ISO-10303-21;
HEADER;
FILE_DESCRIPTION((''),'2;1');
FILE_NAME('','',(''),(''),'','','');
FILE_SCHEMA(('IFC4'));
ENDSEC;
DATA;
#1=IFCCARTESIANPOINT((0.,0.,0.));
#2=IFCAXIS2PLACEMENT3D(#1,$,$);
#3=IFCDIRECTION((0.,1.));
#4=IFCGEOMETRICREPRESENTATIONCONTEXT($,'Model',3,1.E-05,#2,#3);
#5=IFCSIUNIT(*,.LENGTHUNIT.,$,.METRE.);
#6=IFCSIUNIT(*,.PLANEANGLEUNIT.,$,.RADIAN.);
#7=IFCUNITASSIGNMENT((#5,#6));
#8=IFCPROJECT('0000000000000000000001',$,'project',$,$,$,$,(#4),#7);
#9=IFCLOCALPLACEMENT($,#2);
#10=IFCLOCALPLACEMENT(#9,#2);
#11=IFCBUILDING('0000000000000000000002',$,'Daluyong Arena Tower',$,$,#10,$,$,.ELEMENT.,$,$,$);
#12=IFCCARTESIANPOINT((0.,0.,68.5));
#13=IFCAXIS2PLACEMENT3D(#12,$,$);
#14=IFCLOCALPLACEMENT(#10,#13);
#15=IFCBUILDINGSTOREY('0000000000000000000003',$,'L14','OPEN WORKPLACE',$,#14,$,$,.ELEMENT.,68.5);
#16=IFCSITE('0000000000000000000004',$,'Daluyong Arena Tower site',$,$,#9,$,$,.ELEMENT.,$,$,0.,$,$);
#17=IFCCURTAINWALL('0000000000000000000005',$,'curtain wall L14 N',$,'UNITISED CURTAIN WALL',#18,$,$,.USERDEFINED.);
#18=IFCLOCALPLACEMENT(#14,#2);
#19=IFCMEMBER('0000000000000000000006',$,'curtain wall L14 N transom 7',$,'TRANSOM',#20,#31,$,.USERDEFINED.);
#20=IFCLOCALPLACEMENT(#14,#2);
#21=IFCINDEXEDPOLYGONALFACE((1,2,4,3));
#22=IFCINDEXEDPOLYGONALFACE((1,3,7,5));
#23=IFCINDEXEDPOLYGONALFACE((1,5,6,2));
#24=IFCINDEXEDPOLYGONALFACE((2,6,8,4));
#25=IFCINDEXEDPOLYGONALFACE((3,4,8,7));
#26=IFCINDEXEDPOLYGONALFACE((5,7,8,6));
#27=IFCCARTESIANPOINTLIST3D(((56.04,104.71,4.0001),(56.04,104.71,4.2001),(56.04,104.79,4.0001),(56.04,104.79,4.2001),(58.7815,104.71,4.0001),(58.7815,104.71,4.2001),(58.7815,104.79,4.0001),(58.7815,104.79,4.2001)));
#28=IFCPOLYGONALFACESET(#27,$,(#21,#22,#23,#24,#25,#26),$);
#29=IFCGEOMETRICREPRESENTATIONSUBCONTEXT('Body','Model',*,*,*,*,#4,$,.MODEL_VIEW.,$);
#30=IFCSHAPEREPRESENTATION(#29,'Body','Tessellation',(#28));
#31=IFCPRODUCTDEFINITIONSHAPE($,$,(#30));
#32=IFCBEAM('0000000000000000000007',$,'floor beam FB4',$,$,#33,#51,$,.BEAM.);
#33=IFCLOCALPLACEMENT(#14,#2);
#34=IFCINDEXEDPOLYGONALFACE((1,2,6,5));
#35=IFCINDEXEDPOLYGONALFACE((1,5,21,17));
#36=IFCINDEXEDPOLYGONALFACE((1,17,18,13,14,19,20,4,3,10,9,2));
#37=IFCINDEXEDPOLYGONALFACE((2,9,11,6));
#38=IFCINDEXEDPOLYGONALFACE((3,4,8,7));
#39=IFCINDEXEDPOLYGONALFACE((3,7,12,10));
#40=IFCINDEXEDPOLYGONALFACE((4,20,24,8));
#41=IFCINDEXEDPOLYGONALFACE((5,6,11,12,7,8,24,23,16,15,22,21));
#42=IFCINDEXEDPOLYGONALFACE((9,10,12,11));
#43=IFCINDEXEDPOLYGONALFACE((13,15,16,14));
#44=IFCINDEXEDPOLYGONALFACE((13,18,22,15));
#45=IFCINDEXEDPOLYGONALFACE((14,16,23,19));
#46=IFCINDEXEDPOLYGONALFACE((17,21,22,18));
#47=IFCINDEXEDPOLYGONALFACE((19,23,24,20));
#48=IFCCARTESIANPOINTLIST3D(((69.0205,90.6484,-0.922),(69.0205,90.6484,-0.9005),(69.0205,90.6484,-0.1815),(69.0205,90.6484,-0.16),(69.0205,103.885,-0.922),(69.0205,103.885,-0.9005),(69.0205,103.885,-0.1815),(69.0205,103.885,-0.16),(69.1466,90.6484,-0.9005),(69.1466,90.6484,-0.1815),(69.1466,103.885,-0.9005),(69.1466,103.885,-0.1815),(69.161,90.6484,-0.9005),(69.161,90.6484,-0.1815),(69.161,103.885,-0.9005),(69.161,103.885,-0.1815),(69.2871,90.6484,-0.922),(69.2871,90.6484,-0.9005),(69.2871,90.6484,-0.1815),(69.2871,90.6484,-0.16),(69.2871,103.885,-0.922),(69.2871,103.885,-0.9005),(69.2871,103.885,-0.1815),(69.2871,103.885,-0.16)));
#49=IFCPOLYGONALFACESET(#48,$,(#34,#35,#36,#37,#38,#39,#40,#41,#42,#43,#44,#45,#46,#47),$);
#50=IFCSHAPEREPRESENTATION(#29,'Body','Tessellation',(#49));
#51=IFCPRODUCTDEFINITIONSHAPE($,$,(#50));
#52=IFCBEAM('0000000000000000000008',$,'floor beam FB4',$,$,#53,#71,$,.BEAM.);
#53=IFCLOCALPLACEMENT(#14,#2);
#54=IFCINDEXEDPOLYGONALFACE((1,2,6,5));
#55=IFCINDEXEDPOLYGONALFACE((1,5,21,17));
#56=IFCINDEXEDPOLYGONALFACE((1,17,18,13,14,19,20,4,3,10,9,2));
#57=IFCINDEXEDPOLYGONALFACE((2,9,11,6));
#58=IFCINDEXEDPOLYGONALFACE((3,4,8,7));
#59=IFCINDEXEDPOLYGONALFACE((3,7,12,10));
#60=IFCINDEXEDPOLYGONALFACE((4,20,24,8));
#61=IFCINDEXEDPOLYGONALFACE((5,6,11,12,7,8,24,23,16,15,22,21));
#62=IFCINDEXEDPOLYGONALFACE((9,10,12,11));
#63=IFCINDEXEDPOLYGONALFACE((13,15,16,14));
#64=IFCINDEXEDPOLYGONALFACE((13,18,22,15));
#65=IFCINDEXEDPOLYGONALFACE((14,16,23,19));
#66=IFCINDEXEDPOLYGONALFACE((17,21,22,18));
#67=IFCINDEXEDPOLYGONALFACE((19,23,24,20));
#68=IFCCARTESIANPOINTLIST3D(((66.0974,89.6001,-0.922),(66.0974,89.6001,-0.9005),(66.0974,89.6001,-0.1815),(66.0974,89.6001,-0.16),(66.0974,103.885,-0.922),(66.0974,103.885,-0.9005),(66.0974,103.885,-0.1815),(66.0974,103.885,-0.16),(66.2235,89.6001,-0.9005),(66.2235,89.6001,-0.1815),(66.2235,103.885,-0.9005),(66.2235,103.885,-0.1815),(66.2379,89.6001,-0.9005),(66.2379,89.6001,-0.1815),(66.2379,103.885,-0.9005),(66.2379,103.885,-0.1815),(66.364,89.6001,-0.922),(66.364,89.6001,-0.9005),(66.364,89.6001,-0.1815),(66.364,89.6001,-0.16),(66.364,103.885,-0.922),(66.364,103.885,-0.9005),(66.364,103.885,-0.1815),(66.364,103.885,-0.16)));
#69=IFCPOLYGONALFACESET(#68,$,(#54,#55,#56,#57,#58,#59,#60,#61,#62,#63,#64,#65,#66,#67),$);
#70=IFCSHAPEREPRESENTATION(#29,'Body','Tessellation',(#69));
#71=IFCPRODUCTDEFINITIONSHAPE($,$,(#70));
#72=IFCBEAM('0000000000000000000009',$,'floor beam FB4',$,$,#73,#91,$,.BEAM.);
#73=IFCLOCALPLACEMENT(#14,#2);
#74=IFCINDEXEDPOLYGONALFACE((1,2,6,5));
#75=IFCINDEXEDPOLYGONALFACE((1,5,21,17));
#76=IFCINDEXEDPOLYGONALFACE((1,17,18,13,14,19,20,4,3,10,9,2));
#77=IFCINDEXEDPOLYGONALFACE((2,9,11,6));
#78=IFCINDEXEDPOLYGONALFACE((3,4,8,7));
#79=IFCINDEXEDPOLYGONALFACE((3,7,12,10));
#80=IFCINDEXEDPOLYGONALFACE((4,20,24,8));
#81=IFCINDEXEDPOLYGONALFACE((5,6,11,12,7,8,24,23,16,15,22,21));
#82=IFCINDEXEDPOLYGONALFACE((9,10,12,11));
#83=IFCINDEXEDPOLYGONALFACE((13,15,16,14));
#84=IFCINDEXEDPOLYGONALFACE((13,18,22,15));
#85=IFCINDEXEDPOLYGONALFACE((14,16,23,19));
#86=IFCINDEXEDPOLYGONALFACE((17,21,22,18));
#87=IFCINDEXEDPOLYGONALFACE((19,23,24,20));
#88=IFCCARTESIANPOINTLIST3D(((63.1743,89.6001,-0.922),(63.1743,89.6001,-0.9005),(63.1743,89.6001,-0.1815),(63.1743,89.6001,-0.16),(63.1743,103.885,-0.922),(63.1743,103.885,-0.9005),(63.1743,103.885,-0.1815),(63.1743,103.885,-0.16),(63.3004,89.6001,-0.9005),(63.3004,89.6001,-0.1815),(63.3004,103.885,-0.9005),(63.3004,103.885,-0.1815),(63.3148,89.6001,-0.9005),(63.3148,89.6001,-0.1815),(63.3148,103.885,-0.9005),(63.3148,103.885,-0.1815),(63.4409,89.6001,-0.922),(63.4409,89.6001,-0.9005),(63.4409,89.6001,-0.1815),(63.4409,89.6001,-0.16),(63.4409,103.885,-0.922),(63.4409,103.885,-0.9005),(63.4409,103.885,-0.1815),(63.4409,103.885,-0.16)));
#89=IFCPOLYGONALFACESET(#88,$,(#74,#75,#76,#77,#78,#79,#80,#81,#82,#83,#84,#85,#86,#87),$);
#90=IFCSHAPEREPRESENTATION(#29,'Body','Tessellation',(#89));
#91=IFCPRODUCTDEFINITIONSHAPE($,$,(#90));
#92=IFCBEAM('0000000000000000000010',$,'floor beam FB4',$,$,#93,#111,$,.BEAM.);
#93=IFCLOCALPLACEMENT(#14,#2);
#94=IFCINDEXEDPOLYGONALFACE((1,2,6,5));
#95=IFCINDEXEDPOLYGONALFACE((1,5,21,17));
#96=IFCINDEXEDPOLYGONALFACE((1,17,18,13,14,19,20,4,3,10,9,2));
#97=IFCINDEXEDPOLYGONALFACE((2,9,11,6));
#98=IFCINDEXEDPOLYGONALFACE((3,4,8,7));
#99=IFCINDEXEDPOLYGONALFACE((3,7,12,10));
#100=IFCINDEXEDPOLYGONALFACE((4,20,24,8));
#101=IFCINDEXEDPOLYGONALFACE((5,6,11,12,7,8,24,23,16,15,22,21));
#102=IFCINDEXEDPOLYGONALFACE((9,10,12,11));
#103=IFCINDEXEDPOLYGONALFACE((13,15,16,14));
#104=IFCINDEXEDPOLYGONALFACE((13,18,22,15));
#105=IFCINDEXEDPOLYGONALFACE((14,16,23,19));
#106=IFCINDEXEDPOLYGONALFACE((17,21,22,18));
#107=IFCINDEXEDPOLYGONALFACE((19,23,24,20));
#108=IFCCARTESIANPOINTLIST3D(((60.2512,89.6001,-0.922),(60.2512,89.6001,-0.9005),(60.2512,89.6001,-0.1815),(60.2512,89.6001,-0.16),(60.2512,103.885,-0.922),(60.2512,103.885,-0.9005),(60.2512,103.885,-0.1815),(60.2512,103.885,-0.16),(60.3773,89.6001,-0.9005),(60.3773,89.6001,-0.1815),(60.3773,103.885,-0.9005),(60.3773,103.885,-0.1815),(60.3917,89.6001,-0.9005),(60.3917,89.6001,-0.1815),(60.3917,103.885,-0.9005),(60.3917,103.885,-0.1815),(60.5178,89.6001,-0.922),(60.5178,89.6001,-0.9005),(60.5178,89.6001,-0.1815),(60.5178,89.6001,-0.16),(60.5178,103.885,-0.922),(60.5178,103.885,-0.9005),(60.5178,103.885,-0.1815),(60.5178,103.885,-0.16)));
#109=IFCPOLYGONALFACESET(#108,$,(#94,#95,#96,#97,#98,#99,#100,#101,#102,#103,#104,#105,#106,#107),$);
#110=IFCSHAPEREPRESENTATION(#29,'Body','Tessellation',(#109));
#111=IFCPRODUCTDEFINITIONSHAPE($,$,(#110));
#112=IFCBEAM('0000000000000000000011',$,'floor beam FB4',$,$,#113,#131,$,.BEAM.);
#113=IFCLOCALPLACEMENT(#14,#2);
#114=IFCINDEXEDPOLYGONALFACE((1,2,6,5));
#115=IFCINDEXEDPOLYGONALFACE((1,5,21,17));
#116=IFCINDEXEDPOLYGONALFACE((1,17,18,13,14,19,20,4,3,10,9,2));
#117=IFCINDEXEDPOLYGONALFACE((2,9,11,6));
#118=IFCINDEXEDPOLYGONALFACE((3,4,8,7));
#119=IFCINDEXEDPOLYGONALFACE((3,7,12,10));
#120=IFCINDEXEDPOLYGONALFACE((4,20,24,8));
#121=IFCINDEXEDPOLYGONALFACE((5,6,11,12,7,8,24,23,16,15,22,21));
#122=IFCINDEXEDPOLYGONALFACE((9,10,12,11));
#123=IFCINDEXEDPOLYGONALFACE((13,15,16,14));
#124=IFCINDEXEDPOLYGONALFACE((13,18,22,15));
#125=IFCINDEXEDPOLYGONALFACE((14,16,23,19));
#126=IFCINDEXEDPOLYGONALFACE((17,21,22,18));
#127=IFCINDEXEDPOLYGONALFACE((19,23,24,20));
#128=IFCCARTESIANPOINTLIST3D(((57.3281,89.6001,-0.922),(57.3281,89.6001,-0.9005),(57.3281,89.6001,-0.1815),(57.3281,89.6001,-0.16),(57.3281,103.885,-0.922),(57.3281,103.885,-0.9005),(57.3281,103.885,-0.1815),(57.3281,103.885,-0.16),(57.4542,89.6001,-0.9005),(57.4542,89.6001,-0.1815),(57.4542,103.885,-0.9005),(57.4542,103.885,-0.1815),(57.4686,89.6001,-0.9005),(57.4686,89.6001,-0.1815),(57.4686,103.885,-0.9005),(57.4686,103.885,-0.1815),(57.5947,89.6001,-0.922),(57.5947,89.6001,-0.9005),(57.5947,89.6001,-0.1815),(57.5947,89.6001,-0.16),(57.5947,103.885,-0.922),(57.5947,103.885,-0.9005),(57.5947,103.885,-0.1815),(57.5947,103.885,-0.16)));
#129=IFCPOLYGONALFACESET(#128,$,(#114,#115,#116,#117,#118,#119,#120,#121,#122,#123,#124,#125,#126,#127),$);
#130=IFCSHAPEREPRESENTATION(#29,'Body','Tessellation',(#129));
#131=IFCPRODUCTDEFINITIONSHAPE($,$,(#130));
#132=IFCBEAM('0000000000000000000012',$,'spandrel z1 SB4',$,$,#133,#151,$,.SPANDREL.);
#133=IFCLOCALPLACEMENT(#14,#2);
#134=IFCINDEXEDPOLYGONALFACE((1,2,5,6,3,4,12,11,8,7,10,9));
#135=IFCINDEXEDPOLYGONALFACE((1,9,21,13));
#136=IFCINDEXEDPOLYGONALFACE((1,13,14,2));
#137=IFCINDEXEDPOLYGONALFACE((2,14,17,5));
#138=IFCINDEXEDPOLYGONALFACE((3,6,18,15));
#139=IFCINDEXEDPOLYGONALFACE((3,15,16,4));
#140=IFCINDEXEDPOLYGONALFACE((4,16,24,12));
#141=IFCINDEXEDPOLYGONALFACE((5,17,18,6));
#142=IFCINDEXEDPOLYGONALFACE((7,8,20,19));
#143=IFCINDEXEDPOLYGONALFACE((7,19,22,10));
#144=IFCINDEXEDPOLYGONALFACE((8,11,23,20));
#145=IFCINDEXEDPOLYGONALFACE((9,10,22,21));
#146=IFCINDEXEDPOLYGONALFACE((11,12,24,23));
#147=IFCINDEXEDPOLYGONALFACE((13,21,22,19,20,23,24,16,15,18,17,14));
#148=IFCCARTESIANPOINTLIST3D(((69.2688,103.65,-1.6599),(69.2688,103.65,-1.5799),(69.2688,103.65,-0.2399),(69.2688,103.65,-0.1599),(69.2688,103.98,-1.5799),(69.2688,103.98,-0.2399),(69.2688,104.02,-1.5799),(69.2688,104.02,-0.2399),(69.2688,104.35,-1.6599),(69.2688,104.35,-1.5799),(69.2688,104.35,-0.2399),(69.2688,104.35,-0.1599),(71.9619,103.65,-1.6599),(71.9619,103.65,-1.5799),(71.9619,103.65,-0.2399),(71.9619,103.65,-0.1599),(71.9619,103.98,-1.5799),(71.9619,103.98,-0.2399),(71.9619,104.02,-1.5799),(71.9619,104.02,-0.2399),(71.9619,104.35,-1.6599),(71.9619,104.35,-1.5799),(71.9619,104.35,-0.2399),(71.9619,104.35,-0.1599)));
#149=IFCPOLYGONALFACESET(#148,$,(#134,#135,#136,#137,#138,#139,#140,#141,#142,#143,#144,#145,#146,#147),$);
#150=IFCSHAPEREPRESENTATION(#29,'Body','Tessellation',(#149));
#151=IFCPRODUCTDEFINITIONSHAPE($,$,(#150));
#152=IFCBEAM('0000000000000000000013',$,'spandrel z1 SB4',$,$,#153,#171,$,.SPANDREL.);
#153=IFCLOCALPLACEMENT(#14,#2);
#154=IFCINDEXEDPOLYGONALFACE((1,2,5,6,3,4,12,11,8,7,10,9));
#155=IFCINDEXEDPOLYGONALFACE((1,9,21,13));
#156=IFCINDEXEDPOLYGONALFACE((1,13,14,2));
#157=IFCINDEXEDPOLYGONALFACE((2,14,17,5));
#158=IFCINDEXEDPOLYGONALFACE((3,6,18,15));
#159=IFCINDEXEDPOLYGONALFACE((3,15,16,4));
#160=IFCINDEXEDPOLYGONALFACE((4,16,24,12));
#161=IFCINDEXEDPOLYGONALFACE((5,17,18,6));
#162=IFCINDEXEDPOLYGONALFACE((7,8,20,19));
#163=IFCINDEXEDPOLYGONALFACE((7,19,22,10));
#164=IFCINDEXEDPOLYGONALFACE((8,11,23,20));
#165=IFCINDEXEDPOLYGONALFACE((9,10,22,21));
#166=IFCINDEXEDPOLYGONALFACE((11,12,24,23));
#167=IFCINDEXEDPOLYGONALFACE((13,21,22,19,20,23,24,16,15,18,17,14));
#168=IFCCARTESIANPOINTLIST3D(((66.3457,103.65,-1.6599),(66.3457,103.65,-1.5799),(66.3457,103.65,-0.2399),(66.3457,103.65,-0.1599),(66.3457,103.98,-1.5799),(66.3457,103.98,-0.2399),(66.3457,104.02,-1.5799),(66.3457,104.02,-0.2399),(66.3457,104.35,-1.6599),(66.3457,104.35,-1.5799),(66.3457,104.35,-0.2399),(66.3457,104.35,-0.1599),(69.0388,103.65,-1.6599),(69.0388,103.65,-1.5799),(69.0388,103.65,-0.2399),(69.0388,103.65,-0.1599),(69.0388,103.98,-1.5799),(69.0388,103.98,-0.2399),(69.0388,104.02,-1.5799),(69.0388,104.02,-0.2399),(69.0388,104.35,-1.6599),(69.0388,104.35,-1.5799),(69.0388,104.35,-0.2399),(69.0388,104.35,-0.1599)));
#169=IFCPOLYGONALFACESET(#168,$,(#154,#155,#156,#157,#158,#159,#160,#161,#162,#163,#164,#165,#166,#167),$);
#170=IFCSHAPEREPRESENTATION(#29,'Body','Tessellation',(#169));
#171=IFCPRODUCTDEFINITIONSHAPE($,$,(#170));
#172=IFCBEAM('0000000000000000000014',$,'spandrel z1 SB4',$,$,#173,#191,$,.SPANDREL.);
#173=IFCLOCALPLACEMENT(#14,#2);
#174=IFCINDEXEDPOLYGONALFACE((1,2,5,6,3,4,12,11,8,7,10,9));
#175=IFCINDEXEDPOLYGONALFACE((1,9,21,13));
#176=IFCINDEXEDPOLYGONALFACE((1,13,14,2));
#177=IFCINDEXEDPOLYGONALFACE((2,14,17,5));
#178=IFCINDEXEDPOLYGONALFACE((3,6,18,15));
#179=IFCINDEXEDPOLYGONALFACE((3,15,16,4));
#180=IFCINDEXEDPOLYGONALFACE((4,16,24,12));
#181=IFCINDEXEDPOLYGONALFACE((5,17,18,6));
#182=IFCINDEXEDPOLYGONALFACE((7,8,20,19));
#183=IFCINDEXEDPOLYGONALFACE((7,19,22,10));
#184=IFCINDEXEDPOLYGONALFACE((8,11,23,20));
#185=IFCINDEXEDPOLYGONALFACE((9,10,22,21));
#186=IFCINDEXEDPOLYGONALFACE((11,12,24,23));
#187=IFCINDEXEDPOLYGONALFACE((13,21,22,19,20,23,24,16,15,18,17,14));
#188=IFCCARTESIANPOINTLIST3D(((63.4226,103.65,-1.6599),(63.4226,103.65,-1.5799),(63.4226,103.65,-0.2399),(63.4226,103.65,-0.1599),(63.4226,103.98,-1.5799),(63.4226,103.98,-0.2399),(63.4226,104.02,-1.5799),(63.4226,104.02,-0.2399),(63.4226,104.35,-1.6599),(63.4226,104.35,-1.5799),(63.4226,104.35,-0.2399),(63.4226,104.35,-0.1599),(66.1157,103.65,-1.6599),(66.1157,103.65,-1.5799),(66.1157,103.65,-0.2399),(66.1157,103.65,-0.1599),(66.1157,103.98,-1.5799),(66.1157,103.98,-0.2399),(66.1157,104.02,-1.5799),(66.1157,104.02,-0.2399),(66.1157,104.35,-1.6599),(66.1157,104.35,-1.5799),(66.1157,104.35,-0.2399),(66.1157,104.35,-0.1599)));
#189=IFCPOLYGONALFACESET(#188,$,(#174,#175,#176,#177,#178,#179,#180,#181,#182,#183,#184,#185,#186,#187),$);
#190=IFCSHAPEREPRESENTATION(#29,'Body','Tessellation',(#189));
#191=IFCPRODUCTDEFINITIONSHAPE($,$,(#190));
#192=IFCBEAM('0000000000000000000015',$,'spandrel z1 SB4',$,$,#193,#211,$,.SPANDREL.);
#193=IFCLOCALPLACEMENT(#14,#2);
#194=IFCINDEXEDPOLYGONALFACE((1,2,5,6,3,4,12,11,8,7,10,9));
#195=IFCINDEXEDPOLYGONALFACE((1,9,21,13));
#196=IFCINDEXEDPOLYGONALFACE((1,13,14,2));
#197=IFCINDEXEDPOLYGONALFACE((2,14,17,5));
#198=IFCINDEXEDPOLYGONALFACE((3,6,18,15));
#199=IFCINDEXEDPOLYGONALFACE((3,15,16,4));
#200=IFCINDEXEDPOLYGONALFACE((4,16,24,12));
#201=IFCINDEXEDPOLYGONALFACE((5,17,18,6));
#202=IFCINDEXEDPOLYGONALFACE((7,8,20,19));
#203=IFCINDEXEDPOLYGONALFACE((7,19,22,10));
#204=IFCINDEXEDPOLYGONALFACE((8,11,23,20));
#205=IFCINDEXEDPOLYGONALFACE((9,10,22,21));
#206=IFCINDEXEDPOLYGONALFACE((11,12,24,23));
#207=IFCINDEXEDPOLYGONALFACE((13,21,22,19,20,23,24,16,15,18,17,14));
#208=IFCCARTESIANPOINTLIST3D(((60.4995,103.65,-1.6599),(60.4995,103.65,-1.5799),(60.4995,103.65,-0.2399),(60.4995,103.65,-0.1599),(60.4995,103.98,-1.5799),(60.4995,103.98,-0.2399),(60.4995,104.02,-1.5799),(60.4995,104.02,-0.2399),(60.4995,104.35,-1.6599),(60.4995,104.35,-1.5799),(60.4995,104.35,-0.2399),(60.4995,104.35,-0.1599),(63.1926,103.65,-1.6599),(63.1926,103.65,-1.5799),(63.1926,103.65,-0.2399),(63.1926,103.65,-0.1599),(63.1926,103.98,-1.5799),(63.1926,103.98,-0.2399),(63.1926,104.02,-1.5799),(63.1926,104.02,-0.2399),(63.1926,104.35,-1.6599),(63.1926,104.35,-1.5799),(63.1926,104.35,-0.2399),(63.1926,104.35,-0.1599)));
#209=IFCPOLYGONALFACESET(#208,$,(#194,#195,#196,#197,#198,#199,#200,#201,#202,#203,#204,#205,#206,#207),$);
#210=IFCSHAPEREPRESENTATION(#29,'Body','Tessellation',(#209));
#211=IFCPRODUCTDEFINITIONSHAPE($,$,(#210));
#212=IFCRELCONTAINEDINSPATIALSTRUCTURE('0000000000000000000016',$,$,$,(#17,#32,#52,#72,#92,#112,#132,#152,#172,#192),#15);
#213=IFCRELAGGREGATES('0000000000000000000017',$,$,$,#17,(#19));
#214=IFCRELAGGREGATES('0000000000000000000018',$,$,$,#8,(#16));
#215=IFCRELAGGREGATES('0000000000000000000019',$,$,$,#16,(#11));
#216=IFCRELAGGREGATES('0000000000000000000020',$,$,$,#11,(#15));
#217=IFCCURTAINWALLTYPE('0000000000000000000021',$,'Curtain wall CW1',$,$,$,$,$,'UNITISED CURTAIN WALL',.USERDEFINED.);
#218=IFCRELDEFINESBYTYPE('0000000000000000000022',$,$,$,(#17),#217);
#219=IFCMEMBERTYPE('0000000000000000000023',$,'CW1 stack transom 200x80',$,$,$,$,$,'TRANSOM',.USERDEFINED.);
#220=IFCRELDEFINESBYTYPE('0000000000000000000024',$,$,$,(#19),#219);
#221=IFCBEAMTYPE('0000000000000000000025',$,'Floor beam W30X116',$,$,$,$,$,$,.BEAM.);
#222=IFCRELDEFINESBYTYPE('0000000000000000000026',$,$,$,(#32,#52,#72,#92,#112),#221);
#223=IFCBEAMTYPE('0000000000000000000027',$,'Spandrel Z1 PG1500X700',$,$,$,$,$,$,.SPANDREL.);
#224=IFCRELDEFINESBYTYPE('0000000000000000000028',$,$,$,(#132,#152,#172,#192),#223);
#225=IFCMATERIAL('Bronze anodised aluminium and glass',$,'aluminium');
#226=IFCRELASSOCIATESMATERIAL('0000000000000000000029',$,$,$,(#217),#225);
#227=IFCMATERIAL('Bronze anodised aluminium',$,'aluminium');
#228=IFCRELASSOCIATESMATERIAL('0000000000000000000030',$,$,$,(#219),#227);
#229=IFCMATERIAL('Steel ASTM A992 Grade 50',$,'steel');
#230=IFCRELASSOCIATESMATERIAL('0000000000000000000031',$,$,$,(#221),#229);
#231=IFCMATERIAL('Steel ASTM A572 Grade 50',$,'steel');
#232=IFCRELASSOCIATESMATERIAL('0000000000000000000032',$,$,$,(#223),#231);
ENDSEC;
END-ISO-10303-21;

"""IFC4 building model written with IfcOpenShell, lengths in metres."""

from ifc_helpers import new_model, si_unit, direction, frame, origin, origin_2d, place, context, subcontext, project, spatial, rectangle, i_section, extrude, material, material_profile, profile_set, type_object, element, aggregate, save


model = new_model("IFC4")

# Units and contexts
model_context = context("Model", 3, precision=1e-05, world=origin(), true_north=direction((0.0, 1.0)))
body_context = subcontext(model_context, "Body", "Model", "MODEL_VIEW")
ifc_project = project(units=[si_unit("LENGTHUNIT", "METRE"), si_unit("PLANEANGLEUNIT", "RADIAN")], contexts=[model_context])

# Site, building, storey
site_placement = place(None, origin())
site = spatial("IfcSite", under=ifc_project, at=site_placement, Name="Daluyong Arena Tower site", CompositionType="ELEMENT", RefElevation=0.0)
building_placement = place(site_placement, origin())
building = spatial("IfcBuilding", under=site, at=building_placement, Name="Daluyong Arena Tower", CompositionType="ELEMENT")
storey_placement = place(building_placement, frame((0.0, 0.0, 68.5)))
storey = spatial("IfcBuildingStorey", under=building, at=storey_placement, Name="L14", Description="OPEN WORKPLACE", CompositionType="ELEMENT", Elevation=68.5)

# Curtain wall, member
ifc_material_1 = material(Name="Bronze anodised aluminium and glass", Category="aluminium")
curtain_wall_type = type_object("IfcCurtainWallType", Name="Curtain wall CW1", ElementType="UNITISED CURTAIN WALL", PredefinedType="USERDEFINED", material=ifc_material_1)
curtain_wall_placement = place(storey_placement, origin())
curtain_wall = element("IfcCurtainWall", 1, at=curtain_wall_placement, inside=storey, type_object=curtain_wall_type, Name="curtain wall L14 N", ObjectType="UNITISED CURTAIN WALL", PredefinedType="USERDEFINED")
ifc_material_2 = material(Name="Bronze anodised aluminium", Category="aluminium")
ifc_material_profile_1 = material_profile(ifc_material_2, rectangle(XDim=0.0801, YDim=0.2, at=origin_2d()))
ifc_profile_set_1 = profile_set([ifc_material_profile_1], Name="Bronze anodised aluminium")
member_type_1 = type_object("IfcMemberType", Name="CW1 stack transom 200x80", ElementType="TRANSOM", PredefinedType="USERDEFINED", material=ifc_profile_set_1)
member_1_placement = place(storey_placement, frame((58.7815, 104.75, 4.1001), z_axis=(-1.0, 0.0, 0.0), x_axis=(0.0, -1.0, 0.0)))
member_1 = element("IfcMember", 2, at=member_1_placement, type_object=member_type_1, Name="curtain wall L14 N transom 7", ObjectType="TRANSOM", PredefinedType="USERDEFINED", context=body_context, shape_type="SweptSolid", body=[
    extrude(rectangle(XDim=0.0801, YDim=0.2, at=origin_2d()), origin(), (0.0, 0.0, 1.0), 2.7415),
])

# Beams
ifc_material_3 = material(Name="Steel ASTM A992 Grade 50", Category="steel")
ifc_material_profile_2 = material_profile(ifc_material_3, i_section(OverallWidth=0.2666, OverallDepth=0.762, WebThickness=0.0144, FlangeThickness=0.0215, at=origin_2d()))
ifc_profile_set_2 = profile_set([ifc_material_profile_2], Name="Steel ASTM A992 Grade 50")
beam_type_1 = type_object("IfcBeamType", Name="Floor beam W30X116", PredefinedType="BEAM", material=ifc_profile_set_2)
beam_placement = place(storey_placement, frame((69.1538, 103.885, -0.541), z_axis=(0.0, -1.0, 0.0), x_axis=(1.0, 0.0, 0.0)))
element("IfcBeam", 3, at=beam_placement, inside=storey, type_object=beam_type_1, Name="floor beam FB4", PredefinedType="BEAM", context=body_context, shape_type="SweptSolid", body=[
    extrude(i_section(OverallWidth=0.2666, OverallDepth=0.762, WebThickness=0.0144, FlangeThickness=0.0215, at=origin_2d()), origin(), (0.0, 0.0, 1.0), 13.2366),
])
for number, where, z_axis, x_axis, name in (
    (4, (66.2307, 103.885, -0.541), (0.0, -1.0, 0.0), (1.0, 0.0, 0.0), "floor beam FB4"),
    (5, (63.3076, 103.885, -0.541), (0.0, -1.0, 0.0), (1.0, 0.0, 0.0), "floor beam FB4"),
    (6, (60.3845, 103.885, -0.541), (0.0, -1.0, 0.0), (1.0, 0.0, 0.0), "floor beam FB4"),
    (7, (57.4614, 103.885, -0.541), (0.0, -1.0, 0.0), (1.0, 0.0, 0.0), "floor beam FB4"),
):
    element("IfcBeam", number, at=place(storey_placement, frame(where, z_axis=z_axis, x_axis=x_axis)), inside=storey, type_object=beam_type_1, Name=name, PredefinedType="BEAM", context=body_context, shape_type="SweptSolid", body=[
        extrude(i_section(OverallWidth=0.2666, OverallDepth=0.762, WebThickness=0.0144, FlangeThickness=0.0215, at=origin_2d()), origin(), (0.0, 0.0, 1.0), 14.2849),
    ])
ifc_material_4 = material(Name="Steel ASTM A572 Grade 50", Category="steel")
ifc_material_profile_3 = material_profile(ifc_material_4, i_section(OverallWidth=0.7, OverallDepth=1.5, WebThickness=0.04, FlangeThickness=0.08, at=origin_2d()))
ifc_profile_set_3 = profile_set([ifc_material_profile_3], Name="Steel ASTM A572 Grade 50")
beam_type_2 = type_object("IfcBeamType", Name="Spandrel Z1 PG1500X700", PredefinedType="SPANDREL", material=ifc_profile_set_3)
for number, where, z_axis, x_axis, name in (
    (8, (71.9619, 104.0, -0.9099), (-1.0, 0.0, 0.0), (0.0, -1.0, 0.0), "spandrel z1 SB4"),
    (9, (69.0388, 104.0, -0.9099), (-1.0, 0.0, 0.0), (0.0, -1.0, 0.0), "spandrel z1 SB4"),
    (10, (66.1157, 104.0, -0.9099), (-1.0, 0.0, 0.0), (0.0, -1.0, 0.0), "spandrel z1 SB4"),
    (11, (63.1926, 104.0, -0.9099), (-1.0, 0.0, 0.0), (0.0, -1.0, 0.0), "spandrel z1 SB4"),
):
    element("IfcBeam", number, at=place(storey_placement, frame(where, z_axis=z_axis, x_axis=x_axis)), inside=storey, type_object=beam_type_2, Name=name, PredefinedType="SPANDREL", context=body_context, shape_type="SweptSolid", body=[
        extrude(i_section(OverallWidth=0.7, OverallDepth=1.5, WebThickness=0.04, FlangeThickness=0.08, at=origin_2d()), origin(), (0.0, 0.0, 1.0), 2.6931),
    ])

aggregate(curtain_wall, [member_1])

save(model, "model.ifc")
